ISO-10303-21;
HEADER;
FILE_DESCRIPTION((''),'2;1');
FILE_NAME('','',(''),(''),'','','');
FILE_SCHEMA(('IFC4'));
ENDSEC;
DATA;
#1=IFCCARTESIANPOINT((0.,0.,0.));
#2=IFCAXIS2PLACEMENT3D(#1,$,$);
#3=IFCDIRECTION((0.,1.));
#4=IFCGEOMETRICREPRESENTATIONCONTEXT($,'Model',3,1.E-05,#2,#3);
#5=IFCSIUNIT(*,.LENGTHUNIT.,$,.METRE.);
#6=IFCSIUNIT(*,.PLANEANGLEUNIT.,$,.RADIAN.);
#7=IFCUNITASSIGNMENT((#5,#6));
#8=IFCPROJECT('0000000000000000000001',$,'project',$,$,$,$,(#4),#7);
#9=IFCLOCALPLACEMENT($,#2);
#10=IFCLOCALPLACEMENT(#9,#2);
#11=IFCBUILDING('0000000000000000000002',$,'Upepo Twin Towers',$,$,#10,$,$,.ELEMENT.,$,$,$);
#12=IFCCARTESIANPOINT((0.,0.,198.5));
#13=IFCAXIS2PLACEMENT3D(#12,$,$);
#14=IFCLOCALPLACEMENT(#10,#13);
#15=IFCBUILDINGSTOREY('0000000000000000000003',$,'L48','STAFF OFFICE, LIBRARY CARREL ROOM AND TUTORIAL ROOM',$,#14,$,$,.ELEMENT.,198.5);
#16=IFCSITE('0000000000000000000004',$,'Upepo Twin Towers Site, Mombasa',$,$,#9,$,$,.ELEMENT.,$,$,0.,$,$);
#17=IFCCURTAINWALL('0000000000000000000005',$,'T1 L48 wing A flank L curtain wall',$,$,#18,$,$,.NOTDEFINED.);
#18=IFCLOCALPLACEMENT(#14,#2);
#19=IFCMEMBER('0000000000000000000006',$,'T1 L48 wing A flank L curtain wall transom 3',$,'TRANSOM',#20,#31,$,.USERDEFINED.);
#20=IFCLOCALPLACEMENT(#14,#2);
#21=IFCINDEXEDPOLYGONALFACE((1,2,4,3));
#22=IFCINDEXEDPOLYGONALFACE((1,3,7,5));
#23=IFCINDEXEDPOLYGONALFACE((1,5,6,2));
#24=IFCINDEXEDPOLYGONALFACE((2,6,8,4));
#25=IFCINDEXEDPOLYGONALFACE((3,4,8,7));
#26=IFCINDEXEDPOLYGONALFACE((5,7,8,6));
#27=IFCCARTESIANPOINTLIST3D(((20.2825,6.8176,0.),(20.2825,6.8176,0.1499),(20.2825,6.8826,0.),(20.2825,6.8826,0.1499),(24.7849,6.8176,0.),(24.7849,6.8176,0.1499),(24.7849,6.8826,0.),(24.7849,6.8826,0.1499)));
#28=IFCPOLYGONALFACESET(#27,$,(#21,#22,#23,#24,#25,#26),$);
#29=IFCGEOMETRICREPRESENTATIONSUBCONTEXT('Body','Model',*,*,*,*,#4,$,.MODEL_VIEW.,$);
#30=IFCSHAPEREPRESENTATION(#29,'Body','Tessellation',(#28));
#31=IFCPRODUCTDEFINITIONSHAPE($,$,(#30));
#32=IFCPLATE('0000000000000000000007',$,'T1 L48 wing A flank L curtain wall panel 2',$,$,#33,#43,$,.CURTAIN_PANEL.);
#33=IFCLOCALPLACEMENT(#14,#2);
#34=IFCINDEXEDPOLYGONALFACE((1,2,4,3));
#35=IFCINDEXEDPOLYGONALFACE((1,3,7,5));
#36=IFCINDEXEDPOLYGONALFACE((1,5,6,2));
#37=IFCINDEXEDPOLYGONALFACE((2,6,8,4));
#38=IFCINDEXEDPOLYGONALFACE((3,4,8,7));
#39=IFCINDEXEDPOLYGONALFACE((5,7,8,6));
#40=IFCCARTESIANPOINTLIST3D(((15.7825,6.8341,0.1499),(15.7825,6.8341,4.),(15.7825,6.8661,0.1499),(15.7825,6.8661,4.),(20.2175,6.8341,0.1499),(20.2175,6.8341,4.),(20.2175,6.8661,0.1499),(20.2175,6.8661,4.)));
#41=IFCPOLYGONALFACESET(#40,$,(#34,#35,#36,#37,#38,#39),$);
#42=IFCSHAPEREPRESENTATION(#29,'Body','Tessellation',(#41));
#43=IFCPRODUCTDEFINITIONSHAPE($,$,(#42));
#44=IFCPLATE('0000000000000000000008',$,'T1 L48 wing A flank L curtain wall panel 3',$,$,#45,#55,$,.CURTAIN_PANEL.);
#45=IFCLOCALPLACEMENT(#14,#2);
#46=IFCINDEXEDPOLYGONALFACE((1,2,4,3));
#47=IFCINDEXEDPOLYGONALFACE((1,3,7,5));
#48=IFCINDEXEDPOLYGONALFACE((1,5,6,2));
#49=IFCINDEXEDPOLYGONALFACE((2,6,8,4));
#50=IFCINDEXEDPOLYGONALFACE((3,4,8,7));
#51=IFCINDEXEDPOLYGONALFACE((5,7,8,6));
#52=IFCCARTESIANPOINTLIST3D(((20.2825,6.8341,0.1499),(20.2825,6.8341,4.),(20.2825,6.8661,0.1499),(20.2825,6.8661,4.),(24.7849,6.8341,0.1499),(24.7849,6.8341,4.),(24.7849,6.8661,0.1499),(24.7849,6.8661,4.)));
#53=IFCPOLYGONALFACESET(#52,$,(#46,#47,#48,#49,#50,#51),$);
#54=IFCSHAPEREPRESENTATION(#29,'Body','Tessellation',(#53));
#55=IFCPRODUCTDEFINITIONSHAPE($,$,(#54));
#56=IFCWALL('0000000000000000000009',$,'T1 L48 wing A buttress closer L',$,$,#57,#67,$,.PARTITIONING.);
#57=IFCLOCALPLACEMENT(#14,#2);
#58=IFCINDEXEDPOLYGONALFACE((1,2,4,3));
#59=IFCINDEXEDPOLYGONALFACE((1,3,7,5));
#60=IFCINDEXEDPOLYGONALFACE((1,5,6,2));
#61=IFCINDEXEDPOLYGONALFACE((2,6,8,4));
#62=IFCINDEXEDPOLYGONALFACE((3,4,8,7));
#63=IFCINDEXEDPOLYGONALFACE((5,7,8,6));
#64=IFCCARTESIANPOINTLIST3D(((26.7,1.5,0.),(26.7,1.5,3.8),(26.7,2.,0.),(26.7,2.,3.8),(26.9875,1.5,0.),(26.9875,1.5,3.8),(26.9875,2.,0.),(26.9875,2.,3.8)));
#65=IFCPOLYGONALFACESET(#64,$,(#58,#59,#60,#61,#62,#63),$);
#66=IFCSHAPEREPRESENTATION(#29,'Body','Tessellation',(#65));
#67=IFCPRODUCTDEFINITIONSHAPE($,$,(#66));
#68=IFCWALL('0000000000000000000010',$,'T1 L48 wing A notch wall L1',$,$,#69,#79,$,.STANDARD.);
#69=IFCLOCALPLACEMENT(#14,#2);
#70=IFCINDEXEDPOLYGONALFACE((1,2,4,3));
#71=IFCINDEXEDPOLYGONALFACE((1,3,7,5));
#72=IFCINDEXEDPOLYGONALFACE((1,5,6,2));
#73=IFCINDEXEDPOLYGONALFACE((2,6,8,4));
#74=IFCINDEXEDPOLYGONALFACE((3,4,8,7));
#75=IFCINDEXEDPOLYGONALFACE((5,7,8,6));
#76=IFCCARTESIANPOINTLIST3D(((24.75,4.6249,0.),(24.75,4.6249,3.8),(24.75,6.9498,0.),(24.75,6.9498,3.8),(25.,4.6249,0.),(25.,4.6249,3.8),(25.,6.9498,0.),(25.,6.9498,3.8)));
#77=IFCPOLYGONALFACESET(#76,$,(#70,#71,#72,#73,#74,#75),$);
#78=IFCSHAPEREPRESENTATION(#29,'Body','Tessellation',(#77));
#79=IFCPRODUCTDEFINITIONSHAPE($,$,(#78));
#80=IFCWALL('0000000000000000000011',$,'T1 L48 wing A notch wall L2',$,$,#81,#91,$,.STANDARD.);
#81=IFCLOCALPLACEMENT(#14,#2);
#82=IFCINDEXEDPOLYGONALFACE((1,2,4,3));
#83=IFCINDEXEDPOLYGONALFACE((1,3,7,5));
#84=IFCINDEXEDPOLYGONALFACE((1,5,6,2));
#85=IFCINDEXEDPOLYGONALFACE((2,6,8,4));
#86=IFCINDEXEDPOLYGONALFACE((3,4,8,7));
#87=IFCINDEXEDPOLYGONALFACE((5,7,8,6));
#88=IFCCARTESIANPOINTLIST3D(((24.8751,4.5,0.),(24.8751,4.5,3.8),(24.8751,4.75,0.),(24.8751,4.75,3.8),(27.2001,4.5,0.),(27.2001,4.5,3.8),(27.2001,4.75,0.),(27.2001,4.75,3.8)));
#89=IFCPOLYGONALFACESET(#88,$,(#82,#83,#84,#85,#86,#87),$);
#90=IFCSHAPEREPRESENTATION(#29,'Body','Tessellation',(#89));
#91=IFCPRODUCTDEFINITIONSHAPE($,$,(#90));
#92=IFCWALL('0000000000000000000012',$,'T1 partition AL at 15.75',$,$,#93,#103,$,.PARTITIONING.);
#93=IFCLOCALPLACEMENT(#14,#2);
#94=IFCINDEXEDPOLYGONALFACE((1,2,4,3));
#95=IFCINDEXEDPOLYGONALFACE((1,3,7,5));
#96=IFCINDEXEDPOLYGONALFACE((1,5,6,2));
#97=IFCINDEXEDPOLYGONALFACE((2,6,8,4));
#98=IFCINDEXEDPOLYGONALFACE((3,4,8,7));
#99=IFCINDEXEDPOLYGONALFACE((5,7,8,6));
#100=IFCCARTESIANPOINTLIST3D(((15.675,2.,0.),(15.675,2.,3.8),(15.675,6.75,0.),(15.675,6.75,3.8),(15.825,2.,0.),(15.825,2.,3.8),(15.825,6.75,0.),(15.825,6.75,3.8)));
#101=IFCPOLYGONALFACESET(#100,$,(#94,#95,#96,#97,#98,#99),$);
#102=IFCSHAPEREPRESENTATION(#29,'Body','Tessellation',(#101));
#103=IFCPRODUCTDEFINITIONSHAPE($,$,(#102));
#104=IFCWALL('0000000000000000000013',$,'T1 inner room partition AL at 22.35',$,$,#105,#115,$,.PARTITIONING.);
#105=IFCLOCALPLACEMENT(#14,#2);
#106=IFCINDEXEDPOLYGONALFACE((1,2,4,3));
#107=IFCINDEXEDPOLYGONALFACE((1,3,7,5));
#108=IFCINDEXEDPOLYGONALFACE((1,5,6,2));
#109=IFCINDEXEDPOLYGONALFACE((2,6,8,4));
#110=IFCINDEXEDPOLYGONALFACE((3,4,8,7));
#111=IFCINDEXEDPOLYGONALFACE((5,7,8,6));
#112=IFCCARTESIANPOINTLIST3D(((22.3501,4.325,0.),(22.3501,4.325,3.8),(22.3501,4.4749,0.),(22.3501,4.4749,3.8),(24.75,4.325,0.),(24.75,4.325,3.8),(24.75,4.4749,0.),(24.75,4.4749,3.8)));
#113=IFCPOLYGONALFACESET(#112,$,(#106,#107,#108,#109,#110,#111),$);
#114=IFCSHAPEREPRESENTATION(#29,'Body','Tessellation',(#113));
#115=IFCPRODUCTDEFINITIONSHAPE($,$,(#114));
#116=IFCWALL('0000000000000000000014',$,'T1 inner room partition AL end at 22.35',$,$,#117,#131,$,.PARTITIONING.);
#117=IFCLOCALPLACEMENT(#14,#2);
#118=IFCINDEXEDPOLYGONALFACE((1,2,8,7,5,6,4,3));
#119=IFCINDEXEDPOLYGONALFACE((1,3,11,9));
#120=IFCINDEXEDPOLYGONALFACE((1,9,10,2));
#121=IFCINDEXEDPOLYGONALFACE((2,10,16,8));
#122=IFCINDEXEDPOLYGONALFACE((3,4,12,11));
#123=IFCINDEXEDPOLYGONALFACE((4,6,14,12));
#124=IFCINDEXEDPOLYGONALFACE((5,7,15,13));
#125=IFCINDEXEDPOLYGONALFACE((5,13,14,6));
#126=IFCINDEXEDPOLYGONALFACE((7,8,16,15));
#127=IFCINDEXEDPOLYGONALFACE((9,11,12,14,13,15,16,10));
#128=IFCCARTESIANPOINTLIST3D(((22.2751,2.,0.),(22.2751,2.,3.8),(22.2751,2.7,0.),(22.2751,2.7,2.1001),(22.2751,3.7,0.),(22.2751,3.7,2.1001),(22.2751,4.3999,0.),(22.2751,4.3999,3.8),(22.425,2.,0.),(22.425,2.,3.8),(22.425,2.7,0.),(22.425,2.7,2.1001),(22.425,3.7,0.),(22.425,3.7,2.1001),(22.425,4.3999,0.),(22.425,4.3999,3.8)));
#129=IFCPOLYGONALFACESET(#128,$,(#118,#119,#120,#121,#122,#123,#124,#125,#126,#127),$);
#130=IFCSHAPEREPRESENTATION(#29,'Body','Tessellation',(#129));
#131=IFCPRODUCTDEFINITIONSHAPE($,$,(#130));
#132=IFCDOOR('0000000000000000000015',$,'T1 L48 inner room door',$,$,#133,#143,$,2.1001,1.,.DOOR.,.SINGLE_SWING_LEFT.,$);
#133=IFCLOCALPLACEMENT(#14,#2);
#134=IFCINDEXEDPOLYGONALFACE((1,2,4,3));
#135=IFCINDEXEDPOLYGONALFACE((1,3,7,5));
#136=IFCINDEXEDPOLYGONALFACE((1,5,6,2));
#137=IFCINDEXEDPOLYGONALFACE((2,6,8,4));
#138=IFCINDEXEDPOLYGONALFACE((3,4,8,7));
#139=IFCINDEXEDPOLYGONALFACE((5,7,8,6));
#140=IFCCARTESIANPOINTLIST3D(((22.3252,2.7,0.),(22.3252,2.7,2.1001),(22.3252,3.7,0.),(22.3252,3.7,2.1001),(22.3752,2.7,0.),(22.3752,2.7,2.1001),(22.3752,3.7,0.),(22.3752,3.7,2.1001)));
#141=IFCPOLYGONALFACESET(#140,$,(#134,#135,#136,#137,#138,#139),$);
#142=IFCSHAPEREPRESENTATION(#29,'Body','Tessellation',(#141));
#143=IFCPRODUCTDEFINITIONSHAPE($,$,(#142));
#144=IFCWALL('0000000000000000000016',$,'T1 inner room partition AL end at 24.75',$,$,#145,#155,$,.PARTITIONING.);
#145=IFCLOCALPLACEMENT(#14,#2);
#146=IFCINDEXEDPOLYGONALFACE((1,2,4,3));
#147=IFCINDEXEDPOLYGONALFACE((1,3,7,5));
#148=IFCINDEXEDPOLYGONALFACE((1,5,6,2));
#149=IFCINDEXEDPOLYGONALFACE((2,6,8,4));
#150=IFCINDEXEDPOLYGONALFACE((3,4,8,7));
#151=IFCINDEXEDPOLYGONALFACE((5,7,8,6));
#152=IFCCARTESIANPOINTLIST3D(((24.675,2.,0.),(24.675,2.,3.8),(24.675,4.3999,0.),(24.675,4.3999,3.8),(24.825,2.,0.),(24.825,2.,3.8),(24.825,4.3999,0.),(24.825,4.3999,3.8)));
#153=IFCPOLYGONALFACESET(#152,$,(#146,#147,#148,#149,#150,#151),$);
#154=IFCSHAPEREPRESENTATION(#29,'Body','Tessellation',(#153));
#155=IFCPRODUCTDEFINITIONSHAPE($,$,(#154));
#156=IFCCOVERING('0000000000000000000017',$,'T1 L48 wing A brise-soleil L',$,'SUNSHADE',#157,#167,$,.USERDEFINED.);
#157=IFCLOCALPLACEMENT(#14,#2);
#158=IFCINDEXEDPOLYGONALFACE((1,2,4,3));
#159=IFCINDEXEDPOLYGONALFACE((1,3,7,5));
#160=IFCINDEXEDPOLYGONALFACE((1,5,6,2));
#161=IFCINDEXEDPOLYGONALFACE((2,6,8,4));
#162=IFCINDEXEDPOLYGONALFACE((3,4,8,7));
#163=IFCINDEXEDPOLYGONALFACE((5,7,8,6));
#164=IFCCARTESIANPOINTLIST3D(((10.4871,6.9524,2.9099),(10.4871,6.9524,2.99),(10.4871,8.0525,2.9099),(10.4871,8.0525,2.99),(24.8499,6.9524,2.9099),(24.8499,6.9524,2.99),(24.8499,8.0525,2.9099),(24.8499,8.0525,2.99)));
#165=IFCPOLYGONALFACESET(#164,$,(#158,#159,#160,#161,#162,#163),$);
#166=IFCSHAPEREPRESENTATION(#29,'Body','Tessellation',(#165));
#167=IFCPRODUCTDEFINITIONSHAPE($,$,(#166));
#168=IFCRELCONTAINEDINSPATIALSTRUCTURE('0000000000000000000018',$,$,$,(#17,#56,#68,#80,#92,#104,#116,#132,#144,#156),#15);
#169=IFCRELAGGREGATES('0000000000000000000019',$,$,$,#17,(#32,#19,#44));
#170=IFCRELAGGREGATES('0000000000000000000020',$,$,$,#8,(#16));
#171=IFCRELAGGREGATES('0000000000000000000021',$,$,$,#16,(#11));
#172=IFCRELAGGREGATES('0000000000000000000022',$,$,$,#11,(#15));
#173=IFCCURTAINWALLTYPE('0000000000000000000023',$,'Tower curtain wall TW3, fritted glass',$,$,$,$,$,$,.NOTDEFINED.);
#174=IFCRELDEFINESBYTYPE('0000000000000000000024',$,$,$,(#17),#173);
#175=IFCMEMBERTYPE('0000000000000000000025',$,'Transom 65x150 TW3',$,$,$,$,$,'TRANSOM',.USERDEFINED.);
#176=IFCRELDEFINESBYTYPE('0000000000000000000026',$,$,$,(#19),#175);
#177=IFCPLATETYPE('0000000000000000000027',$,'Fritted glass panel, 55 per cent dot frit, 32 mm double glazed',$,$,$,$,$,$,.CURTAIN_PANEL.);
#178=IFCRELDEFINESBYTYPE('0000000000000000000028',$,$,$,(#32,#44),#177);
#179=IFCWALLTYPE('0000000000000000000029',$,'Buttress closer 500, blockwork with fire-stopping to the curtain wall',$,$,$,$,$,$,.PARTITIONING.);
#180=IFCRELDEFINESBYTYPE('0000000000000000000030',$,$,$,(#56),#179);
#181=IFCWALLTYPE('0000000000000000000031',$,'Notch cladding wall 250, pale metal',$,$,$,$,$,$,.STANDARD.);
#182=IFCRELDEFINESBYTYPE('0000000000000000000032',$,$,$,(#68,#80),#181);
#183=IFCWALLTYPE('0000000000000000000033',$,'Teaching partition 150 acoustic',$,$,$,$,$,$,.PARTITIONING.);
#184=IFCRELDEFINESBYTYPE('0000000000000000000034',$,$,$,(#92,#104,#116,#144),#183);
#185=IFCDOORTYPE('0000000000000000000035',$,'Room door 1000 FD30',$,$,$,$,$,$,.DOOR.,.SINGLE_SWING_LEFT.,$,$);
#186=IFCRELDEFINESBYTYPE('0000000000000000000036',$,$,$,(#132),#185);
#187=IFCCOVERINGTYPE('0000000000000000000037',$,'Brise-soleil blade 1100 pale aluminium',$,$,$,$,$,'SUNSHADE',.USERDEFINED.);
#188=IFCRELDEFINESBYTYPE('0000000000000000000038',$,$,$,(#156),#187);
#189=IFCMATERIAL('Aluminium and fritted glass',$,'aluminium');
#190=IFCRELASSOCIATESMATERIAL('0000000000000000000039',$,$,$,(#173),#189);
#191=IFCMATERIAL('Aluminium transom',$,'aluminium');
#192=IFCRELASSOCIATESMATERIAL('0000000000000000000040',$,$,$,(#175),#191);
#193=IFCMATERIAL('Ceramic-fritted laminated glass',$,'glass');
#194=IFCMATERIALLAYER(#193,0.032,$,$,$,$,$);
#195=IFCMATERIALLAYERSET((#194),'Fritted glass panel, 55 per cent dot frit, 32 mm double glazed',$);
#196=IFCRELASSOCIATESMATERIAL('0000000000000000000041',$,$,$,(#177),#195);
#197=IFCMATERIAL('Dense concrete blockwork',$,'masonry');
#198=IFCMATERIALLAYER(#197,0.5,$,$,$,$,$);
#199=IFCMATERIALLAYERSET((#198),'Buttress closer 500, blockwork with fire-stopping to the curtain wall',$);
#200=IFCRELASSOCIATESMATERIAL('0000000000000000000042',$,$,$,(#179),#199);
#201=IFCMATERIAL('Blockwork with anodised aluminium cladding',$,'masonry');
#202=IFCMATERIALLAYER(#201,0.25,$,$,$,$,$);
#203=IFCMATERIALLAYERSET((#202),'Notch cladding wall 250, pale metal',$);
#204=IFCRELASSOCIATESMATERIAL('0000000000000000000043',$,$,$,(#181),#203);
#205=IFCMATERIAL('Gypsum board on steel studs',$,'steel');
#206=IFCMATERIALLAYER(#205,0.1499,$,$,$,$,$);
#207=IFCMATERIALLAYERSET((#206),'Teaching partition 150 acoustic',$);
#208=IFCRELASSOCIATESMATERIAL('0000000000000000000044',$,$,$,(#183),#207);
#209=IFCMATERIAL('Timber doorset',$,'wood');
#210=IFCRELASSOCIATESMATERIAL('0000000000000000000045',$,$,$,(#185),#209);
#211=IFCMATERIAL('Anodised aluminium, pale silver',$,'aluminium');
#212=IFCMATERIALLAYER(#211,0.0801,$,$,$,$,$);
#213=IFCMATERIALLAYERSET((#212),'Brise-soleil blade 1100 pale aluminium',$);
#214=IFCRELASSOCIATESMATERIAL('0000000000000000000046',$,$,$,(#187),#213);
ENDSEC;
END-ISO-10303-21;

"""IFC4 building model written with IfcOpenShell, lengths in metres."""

from ifc_helpers import new_model, si_unit, direction, frame, frame_2d, origin, origin_2d, place, context, subcontext, project, spatial, rectangle, extrude, material, layer, layer_set, material_profile, profile_set, type_object, element, fill, aggregate, save


model = new_model("IFC4")

# Units and contexts
model_context = context("Model", 3, precision=1e-05, world=origin(), true_north=direction((0.0, 1.0)))
body_context = subcontext(model_context, "Body", "Model", "MODEL_VIEW")
ifc_project = project(units=[si_unit("LENGTHUNIT", "METRE"), si_unit("PLANEANGLEUNIT", "RADIAN")], contexts=[model_context])

# Site, building, storey
site_placement = place(None, origin())
site = spatial("IfcSite", under=ifc_project, at=site_placement, Name="Upepo Twin Towers Site, Mombasa", CompositionType="ELEMENT", RefElevation=0.0)
building_placement = place(site_placement, origin())
building = spatial("IfcBuilding", under=site, at=building_placement, Name="Upepo Twin Towers", CompositionType="ELEMENT")
storey_placement = place(building_placement, frame((0.0, 0.0, 198.5)))
storey = spatial("IfcBuildingStorey", under=building, at=storey_placement, Name="L48", Description="STAFF OFFICE, LIBRARY CARREL ROOM AND TUTORIAL ROOM", CompositionType="ELEMENT", Elevation=198.5)

# Curtain wall
ifc_material_1 = material(Name="Aluminium and fritted glass", Category="aluminium")
curtain_wall_type = type_object("IfcCurtainWallType", Name="Tower curtain wall TW3, fritted glass", PredefinedType="NOTDEFINED", material=ifc_material_1)
curtain_wall_1_placement = place(storey_placement, origin())
curtain_wall_1 = element("IfcCurtainWall", 1, at=curtain_wall_1_placement, inside=storey, type_object=curtain_wall_type, Name="T1 L48 wing A flank L curtain wall", PredefinedType="NOTDEFINED")

# Member
ifc_material_2 = material(Name="Aluminium transom", Category="aluminium")
ifc_material_profile_1 = material_profile(ifc_material_2, rectangle(XDim=0.0649, YDim=0.1499, at=origin_2d()), Name="TRANSOM 65x150")
ifc_profile_set_1 = profile_set([ifc_material_profile_1], Name="Aluminium transom")
member_type_1 = type_object("IfcMemberType", Name="Transom 65x150 TW3", ElementType="TRANSOM", PredefinedType="USERDEFINED", material=ifc_profile_set_1)
member_1_placement = place(storey_placement, frame((20.2825, 6.8501, 0.075), z_axis=(1.0, 0.0, 0.0), x_axis=(0.0, 1.0, 0.0)))
member_1 = element("IfcMember", 2, at=member_1_placement, type_object=member_type_1, Name="T1 L48 wing A flank L curtain wall transom 3", ObjectType="TRANSOM", PredefinedType="USERDEFINED", context=body_context, shape_type="SweptSolid", body=[
    extrude(rectangle(XDim=0.0649, YDim=0.1499, at=origin_2d()), origin(), (0.0, 0.0, 1.0), 4.5024),
])

# Plates
ifc_material_3 = material(Name="Ceramic-fritted laminated glass", Category="glass")
ifc_layer_1 = layer(ifc_material_3, 0.032)
ifc_layer_set_1 = layer_set([ifc_layer_1], Name="Fritted glass panel, 55 per cent dot frit, 32 mm double glazed")
plate_type = type_object("IfcPlateType", Name="Fritted glass panel, 55 per cent dot frit, 32 mm double glazed", PredefinedType="CURTAIN_PANEL", material=ifc_layer_set_1)
plate_1_placement = place(storey_placement, frame((18.0, 6.8501, 0.1499), z_axis=(0.0, 0.0, 1.0), x_axis=(1.0, 0.0, 0.0)))
plate_1 = element("IfcPlate", 3, at=plate_1_placement, type_object=plate_type, Name="T1 L48 wing A flank L curtain wall panel 2", PredefinedType="CURTAIN_PANEL", context=body_context, shape_type="SweptSolid", body=[
    extrude(rectangle(XDim=4.4351, YDim=0.032, at=origin_2d()), origin(), (0.0, 0.0, 1.0), 3.8501),
])
plate_2_placement = place(storey_placement, frame((22.5337, 6.8501, 0.1499), z_axis=(0.0, 0.0, 1.0), x_axis=(1.0, 0.0, 0.0)))
plate_2 = element("IfcPlate", 4, at=plate_2_placement, type_object=plate_type, Name="T1 L48 wing A flank L curtain wall panel 3", PredefinedType="CURTAIN_PANEL", context=body_context, shape_type="SweptSolid", body=[
    extrude(rectangle(XDim=4.5024, YDim=0.032, at=origin_2d()), origin(), (0.0, 0.0, 1.0), 3.8501),
])
aggregate(curtain_wall_1, [plate_1, member_1, plate_2])

# Walls
ifc_material_4 = material(Name="Dense concrete blockwork", Category="masonry")
ifc_layer_2 = layer(ifc_material_4, 0.5)
ifc_layer_set_2 = layer_set([ifc_layer_2], Name="Buttress closer 500, blockwork with fire-stopping to the curtain wall")
wall_type_1 = type_object("IfcWallType", Name="Buttress closer 500, blockwork with fire-stopping to the curtain wall", PredefinedType="PARTITIONING", material=ifc_layer_set_2)
wall_1_placement = place(storey_placement, frame((26.7, 1.75, 0.0), z_axis=(0.0, 0.0, 1.0), x_axis=(1.0, 0.0, 0.0)))
element("IfcWall", 5, at=wall_1_placement, inside=storey, type_object=wall_type_1, Name="T1 L48 wing A buttress closer L", PredefinedType="PARTITIONING", context=body_context, shape_type="SweptSolid", body=[
    extrude(rectangle(XDim=0.2876, YDim=0.5, at=frame_2d((0.1438, 0.0))), origin(), (0.0, 0.0, 1.0), 3.8),
])
ifc_material_5 = material(Name="Blockwork with anodised aluminium cladding", Category="masonry")
ifc_layer_3 = layer(ifc_material_5, 0.25)
ifc_layer_set_3 = layer_set([ifc_layer_3], Name="Notch cladding wall 250, pale metal")
wall_type_2 = type_object("IfcWallType", Name="Notch cladding wall 250, pale metal", PredefinedType="STANDARD", material=ifc_layer_set_3)
for number, where, z_axis, x_axis, name in (
    (6, (24.875, 6.95, 0.0), (0.0, 0.0, 1.0), (0.0, -1.0, 0.0), "T1 L48 wing A notch wall L1"),
    (7, (24.875, 4.625, 0.0), (0.0, 0.0, 1.0), (1.0, 0.0, 0.0), "T1 L48 wing A notch wall L2"),
):
    element("IfcWall", number, at=place(storey_placement, frame(where, z_axis=z_axis, x_axis=x_axis)), inside=storey, type_object=wall_type_2, Name=name, PredefinedType="STANDARD", context=body_context, shape_type="SweptSolid", body=[
        extrude(rectangle(XDim=2.325, YDim=0.25, at=frame_2d((1.1626, 0.0))), origin(), (0.0, 0.0, 1.0), 3.8),
    ])
ifc_material_6 = material(Name="Gypsum board on steel studs", Category="steel")
ifc_layer_4 = layer(ifc_material_6, 0.1499)
ifc_layer_set_4 = layer_set([ifc_layer_4], Name="Teaching partition 150 acoustic")
wall_type_3 = type_object("IfcWallType", Name="Teaching partition 150 acoustic", PredefinedType="PARTITIONING", material=ifc_layer_set_4)
wall_2_placement = place(storey_placement, frame((15.75, 2.0, 0.0), z_axis=(0.0, 0.0, 1.0), x_axis=(0.0, 1.0, 0.0)))
element("IfcWall", 8, at=wall_2_placement, inside=storey, type_object=wall_type_3, Name="T1 partition AL at 15.75", PredefinedType="PARTITIONING", context=body_context, shape_type="SweptSolid", body=[
    extrude(rectangle(XDim=4.75, YDim=0.1499, at=frame_2d((2.375, 0.0))), origin(), (0.0, 0.0, 1.0), 3.8),
])
wall_3_placement = place(storey_placement, frame((22.3501, 4.3999, 0.0), z_axis=(0.0, 0.0, 1.0), x_axis=(1.0, 0.0, 0.0)))
element("IfcWall", 9, at=wall_3_placement, inside=storey, type_object=wall_type_3, Name="T1 inner room partition AL at 22.35", PredefinedType="PARTITIONING", context=body_context, shape_type="SweptSolid", body=[
    extrude(rectangle(XDim=2.3999, YDim=0.1499, at=frame_2d((1.2, 0.0))), origin(), (0.0, 0.0, 1.0), 3.8),
])

# Wall, opening, door
wall_4_placement = place(storey_placement, frame((22.3501, 2.0, 0.0), z_axis=(0.0, 0.0, 1.0), x_axis=(0.0, 1.0, 0.0)))
wall_4 = element("IfcWall", 10, at=wall_4_placement, inside=storey, type_object=wall_type_3, Name="T1 inner room partition AL end at 22.35", PredefinedType="PARTITIONING", context=body_context, shape_type="SweptSolid", body=[
    extrude(rectangle(XDim=2.3999, YDim=0.1499, at=frame_2d((1.2, 0.0))), origin(), (0.0, 0.0, 1.0), 3.8),
])
opening_placement = place(wall_4_placement, frame((0.7, 0.0, 0.0)))
opening = element("IfcOpeningElement", 11, at=opening_placement, cuts=wall_4, PredefinedType="OPENING", context=body_context, shape_type="SweptSolid", body=[
    extrude(rectangle(XDim=1.0, YDim=2.1001, at=frame_2d((0.5, 1.05))), frame((0.0, 0.085, 0.0), z_axis=(0.0, -1.0, 0.0), x_axis=(1.0, 0.0, 0.0)), (0.0, 0.0, 1.0), 0.1699),
])
ifc_material_7 = material(Name="Timber doorset", Category="wood")
door_type = type_object("IfcDoorType", Name="Room door 1000 FD30", OperationType="SINGLE_SWING_LEFT", PredefinedType="DOOR", material=ifc_material_7)
door_placement = place(opening_placement, origin())
door = element("IfcDoor", 12, at=door_placement, inside=storey, type_object=door_type, Name="T1 L48 inner room door", OperationType="SINGLE_SWING_LEFT", OverallHeight=2.1001, OverallWidth=1.0, PredefinedType="DOOR", context=body_context, shape_type="SweptSolid", body=[
    extrude(rectangle(XDim=1.0, YDim=2.1001, at=frame_2d((0.5, 1.05))), frame((0.0, 0.0249, 0.0), z_axis=(0.0, -1.0, 0.0), x_axis=(1.0, 0.0, 0.0)), (0.0, 0.0, 1.0), 0.05),
])
fill(opening, door)

# Wall
wall_5_placement = place(storey_placement, frame((24.75, 2.0, 0.0), z_axis=(0.0, 0.0, 1.0), x_axis=(0.0, 1.0, 0.0)))
element("IfcWall", 13, at=wall_5_placement, inside=storey, type_object=wall_type_3, Name="T1 inner room partition AL end at 24.75", PredefinedType="PARTITIONING", context=body_context, shape_type="SweptSolid", body=[
    extrude(rectangle(XDim=2.3999, YDim=0.1499, at=frame_2d((1.2, 0.0))), origin(), (0.0, 0.0, 1.0), 3.8),
])

# Covering
ifc_material_8 = material(Name="Anodised aluminium, pale silver", Category="aluminium")
ifc_layer_5 = layer(ifc_material_8, 0.0801)
ifc_layer_set_5 = layer_set([ifc_layer_5], Name="Brise-soleil blade 1100 pale aluminium")
covering_type = type_object("IfcCoveringType", Name="Brise-soleil blade 1100 pale aluminium", ElementType="SUNSHADE", PredefinedType="USERDEFINED", material=ifc_layer_set_5)
covering_placement = place(storey_placement, frame((17.6685, 7.5024, 2.9099), z_axis=(0.0, 0.0, 1.0), x_axis=(1.0, 0.0, 0.0)))
element("IfcCovering", 14, at=covering_placement, inside=storey, type_object=covering_type, Name="T1 L48 wing A brise-soleil L", ObjectType="SUNSHADE", PredefinedType="USERDEFINED", context=body_context, shape_type="SweptSolid", body=[
    extrude(rectangle(XDim=14.3628, YDim=1.1001, at=origin_2d()), origin(), (0.0, 0.0, 1.0), 0.0801),
])

save(model, "model.ifc")
